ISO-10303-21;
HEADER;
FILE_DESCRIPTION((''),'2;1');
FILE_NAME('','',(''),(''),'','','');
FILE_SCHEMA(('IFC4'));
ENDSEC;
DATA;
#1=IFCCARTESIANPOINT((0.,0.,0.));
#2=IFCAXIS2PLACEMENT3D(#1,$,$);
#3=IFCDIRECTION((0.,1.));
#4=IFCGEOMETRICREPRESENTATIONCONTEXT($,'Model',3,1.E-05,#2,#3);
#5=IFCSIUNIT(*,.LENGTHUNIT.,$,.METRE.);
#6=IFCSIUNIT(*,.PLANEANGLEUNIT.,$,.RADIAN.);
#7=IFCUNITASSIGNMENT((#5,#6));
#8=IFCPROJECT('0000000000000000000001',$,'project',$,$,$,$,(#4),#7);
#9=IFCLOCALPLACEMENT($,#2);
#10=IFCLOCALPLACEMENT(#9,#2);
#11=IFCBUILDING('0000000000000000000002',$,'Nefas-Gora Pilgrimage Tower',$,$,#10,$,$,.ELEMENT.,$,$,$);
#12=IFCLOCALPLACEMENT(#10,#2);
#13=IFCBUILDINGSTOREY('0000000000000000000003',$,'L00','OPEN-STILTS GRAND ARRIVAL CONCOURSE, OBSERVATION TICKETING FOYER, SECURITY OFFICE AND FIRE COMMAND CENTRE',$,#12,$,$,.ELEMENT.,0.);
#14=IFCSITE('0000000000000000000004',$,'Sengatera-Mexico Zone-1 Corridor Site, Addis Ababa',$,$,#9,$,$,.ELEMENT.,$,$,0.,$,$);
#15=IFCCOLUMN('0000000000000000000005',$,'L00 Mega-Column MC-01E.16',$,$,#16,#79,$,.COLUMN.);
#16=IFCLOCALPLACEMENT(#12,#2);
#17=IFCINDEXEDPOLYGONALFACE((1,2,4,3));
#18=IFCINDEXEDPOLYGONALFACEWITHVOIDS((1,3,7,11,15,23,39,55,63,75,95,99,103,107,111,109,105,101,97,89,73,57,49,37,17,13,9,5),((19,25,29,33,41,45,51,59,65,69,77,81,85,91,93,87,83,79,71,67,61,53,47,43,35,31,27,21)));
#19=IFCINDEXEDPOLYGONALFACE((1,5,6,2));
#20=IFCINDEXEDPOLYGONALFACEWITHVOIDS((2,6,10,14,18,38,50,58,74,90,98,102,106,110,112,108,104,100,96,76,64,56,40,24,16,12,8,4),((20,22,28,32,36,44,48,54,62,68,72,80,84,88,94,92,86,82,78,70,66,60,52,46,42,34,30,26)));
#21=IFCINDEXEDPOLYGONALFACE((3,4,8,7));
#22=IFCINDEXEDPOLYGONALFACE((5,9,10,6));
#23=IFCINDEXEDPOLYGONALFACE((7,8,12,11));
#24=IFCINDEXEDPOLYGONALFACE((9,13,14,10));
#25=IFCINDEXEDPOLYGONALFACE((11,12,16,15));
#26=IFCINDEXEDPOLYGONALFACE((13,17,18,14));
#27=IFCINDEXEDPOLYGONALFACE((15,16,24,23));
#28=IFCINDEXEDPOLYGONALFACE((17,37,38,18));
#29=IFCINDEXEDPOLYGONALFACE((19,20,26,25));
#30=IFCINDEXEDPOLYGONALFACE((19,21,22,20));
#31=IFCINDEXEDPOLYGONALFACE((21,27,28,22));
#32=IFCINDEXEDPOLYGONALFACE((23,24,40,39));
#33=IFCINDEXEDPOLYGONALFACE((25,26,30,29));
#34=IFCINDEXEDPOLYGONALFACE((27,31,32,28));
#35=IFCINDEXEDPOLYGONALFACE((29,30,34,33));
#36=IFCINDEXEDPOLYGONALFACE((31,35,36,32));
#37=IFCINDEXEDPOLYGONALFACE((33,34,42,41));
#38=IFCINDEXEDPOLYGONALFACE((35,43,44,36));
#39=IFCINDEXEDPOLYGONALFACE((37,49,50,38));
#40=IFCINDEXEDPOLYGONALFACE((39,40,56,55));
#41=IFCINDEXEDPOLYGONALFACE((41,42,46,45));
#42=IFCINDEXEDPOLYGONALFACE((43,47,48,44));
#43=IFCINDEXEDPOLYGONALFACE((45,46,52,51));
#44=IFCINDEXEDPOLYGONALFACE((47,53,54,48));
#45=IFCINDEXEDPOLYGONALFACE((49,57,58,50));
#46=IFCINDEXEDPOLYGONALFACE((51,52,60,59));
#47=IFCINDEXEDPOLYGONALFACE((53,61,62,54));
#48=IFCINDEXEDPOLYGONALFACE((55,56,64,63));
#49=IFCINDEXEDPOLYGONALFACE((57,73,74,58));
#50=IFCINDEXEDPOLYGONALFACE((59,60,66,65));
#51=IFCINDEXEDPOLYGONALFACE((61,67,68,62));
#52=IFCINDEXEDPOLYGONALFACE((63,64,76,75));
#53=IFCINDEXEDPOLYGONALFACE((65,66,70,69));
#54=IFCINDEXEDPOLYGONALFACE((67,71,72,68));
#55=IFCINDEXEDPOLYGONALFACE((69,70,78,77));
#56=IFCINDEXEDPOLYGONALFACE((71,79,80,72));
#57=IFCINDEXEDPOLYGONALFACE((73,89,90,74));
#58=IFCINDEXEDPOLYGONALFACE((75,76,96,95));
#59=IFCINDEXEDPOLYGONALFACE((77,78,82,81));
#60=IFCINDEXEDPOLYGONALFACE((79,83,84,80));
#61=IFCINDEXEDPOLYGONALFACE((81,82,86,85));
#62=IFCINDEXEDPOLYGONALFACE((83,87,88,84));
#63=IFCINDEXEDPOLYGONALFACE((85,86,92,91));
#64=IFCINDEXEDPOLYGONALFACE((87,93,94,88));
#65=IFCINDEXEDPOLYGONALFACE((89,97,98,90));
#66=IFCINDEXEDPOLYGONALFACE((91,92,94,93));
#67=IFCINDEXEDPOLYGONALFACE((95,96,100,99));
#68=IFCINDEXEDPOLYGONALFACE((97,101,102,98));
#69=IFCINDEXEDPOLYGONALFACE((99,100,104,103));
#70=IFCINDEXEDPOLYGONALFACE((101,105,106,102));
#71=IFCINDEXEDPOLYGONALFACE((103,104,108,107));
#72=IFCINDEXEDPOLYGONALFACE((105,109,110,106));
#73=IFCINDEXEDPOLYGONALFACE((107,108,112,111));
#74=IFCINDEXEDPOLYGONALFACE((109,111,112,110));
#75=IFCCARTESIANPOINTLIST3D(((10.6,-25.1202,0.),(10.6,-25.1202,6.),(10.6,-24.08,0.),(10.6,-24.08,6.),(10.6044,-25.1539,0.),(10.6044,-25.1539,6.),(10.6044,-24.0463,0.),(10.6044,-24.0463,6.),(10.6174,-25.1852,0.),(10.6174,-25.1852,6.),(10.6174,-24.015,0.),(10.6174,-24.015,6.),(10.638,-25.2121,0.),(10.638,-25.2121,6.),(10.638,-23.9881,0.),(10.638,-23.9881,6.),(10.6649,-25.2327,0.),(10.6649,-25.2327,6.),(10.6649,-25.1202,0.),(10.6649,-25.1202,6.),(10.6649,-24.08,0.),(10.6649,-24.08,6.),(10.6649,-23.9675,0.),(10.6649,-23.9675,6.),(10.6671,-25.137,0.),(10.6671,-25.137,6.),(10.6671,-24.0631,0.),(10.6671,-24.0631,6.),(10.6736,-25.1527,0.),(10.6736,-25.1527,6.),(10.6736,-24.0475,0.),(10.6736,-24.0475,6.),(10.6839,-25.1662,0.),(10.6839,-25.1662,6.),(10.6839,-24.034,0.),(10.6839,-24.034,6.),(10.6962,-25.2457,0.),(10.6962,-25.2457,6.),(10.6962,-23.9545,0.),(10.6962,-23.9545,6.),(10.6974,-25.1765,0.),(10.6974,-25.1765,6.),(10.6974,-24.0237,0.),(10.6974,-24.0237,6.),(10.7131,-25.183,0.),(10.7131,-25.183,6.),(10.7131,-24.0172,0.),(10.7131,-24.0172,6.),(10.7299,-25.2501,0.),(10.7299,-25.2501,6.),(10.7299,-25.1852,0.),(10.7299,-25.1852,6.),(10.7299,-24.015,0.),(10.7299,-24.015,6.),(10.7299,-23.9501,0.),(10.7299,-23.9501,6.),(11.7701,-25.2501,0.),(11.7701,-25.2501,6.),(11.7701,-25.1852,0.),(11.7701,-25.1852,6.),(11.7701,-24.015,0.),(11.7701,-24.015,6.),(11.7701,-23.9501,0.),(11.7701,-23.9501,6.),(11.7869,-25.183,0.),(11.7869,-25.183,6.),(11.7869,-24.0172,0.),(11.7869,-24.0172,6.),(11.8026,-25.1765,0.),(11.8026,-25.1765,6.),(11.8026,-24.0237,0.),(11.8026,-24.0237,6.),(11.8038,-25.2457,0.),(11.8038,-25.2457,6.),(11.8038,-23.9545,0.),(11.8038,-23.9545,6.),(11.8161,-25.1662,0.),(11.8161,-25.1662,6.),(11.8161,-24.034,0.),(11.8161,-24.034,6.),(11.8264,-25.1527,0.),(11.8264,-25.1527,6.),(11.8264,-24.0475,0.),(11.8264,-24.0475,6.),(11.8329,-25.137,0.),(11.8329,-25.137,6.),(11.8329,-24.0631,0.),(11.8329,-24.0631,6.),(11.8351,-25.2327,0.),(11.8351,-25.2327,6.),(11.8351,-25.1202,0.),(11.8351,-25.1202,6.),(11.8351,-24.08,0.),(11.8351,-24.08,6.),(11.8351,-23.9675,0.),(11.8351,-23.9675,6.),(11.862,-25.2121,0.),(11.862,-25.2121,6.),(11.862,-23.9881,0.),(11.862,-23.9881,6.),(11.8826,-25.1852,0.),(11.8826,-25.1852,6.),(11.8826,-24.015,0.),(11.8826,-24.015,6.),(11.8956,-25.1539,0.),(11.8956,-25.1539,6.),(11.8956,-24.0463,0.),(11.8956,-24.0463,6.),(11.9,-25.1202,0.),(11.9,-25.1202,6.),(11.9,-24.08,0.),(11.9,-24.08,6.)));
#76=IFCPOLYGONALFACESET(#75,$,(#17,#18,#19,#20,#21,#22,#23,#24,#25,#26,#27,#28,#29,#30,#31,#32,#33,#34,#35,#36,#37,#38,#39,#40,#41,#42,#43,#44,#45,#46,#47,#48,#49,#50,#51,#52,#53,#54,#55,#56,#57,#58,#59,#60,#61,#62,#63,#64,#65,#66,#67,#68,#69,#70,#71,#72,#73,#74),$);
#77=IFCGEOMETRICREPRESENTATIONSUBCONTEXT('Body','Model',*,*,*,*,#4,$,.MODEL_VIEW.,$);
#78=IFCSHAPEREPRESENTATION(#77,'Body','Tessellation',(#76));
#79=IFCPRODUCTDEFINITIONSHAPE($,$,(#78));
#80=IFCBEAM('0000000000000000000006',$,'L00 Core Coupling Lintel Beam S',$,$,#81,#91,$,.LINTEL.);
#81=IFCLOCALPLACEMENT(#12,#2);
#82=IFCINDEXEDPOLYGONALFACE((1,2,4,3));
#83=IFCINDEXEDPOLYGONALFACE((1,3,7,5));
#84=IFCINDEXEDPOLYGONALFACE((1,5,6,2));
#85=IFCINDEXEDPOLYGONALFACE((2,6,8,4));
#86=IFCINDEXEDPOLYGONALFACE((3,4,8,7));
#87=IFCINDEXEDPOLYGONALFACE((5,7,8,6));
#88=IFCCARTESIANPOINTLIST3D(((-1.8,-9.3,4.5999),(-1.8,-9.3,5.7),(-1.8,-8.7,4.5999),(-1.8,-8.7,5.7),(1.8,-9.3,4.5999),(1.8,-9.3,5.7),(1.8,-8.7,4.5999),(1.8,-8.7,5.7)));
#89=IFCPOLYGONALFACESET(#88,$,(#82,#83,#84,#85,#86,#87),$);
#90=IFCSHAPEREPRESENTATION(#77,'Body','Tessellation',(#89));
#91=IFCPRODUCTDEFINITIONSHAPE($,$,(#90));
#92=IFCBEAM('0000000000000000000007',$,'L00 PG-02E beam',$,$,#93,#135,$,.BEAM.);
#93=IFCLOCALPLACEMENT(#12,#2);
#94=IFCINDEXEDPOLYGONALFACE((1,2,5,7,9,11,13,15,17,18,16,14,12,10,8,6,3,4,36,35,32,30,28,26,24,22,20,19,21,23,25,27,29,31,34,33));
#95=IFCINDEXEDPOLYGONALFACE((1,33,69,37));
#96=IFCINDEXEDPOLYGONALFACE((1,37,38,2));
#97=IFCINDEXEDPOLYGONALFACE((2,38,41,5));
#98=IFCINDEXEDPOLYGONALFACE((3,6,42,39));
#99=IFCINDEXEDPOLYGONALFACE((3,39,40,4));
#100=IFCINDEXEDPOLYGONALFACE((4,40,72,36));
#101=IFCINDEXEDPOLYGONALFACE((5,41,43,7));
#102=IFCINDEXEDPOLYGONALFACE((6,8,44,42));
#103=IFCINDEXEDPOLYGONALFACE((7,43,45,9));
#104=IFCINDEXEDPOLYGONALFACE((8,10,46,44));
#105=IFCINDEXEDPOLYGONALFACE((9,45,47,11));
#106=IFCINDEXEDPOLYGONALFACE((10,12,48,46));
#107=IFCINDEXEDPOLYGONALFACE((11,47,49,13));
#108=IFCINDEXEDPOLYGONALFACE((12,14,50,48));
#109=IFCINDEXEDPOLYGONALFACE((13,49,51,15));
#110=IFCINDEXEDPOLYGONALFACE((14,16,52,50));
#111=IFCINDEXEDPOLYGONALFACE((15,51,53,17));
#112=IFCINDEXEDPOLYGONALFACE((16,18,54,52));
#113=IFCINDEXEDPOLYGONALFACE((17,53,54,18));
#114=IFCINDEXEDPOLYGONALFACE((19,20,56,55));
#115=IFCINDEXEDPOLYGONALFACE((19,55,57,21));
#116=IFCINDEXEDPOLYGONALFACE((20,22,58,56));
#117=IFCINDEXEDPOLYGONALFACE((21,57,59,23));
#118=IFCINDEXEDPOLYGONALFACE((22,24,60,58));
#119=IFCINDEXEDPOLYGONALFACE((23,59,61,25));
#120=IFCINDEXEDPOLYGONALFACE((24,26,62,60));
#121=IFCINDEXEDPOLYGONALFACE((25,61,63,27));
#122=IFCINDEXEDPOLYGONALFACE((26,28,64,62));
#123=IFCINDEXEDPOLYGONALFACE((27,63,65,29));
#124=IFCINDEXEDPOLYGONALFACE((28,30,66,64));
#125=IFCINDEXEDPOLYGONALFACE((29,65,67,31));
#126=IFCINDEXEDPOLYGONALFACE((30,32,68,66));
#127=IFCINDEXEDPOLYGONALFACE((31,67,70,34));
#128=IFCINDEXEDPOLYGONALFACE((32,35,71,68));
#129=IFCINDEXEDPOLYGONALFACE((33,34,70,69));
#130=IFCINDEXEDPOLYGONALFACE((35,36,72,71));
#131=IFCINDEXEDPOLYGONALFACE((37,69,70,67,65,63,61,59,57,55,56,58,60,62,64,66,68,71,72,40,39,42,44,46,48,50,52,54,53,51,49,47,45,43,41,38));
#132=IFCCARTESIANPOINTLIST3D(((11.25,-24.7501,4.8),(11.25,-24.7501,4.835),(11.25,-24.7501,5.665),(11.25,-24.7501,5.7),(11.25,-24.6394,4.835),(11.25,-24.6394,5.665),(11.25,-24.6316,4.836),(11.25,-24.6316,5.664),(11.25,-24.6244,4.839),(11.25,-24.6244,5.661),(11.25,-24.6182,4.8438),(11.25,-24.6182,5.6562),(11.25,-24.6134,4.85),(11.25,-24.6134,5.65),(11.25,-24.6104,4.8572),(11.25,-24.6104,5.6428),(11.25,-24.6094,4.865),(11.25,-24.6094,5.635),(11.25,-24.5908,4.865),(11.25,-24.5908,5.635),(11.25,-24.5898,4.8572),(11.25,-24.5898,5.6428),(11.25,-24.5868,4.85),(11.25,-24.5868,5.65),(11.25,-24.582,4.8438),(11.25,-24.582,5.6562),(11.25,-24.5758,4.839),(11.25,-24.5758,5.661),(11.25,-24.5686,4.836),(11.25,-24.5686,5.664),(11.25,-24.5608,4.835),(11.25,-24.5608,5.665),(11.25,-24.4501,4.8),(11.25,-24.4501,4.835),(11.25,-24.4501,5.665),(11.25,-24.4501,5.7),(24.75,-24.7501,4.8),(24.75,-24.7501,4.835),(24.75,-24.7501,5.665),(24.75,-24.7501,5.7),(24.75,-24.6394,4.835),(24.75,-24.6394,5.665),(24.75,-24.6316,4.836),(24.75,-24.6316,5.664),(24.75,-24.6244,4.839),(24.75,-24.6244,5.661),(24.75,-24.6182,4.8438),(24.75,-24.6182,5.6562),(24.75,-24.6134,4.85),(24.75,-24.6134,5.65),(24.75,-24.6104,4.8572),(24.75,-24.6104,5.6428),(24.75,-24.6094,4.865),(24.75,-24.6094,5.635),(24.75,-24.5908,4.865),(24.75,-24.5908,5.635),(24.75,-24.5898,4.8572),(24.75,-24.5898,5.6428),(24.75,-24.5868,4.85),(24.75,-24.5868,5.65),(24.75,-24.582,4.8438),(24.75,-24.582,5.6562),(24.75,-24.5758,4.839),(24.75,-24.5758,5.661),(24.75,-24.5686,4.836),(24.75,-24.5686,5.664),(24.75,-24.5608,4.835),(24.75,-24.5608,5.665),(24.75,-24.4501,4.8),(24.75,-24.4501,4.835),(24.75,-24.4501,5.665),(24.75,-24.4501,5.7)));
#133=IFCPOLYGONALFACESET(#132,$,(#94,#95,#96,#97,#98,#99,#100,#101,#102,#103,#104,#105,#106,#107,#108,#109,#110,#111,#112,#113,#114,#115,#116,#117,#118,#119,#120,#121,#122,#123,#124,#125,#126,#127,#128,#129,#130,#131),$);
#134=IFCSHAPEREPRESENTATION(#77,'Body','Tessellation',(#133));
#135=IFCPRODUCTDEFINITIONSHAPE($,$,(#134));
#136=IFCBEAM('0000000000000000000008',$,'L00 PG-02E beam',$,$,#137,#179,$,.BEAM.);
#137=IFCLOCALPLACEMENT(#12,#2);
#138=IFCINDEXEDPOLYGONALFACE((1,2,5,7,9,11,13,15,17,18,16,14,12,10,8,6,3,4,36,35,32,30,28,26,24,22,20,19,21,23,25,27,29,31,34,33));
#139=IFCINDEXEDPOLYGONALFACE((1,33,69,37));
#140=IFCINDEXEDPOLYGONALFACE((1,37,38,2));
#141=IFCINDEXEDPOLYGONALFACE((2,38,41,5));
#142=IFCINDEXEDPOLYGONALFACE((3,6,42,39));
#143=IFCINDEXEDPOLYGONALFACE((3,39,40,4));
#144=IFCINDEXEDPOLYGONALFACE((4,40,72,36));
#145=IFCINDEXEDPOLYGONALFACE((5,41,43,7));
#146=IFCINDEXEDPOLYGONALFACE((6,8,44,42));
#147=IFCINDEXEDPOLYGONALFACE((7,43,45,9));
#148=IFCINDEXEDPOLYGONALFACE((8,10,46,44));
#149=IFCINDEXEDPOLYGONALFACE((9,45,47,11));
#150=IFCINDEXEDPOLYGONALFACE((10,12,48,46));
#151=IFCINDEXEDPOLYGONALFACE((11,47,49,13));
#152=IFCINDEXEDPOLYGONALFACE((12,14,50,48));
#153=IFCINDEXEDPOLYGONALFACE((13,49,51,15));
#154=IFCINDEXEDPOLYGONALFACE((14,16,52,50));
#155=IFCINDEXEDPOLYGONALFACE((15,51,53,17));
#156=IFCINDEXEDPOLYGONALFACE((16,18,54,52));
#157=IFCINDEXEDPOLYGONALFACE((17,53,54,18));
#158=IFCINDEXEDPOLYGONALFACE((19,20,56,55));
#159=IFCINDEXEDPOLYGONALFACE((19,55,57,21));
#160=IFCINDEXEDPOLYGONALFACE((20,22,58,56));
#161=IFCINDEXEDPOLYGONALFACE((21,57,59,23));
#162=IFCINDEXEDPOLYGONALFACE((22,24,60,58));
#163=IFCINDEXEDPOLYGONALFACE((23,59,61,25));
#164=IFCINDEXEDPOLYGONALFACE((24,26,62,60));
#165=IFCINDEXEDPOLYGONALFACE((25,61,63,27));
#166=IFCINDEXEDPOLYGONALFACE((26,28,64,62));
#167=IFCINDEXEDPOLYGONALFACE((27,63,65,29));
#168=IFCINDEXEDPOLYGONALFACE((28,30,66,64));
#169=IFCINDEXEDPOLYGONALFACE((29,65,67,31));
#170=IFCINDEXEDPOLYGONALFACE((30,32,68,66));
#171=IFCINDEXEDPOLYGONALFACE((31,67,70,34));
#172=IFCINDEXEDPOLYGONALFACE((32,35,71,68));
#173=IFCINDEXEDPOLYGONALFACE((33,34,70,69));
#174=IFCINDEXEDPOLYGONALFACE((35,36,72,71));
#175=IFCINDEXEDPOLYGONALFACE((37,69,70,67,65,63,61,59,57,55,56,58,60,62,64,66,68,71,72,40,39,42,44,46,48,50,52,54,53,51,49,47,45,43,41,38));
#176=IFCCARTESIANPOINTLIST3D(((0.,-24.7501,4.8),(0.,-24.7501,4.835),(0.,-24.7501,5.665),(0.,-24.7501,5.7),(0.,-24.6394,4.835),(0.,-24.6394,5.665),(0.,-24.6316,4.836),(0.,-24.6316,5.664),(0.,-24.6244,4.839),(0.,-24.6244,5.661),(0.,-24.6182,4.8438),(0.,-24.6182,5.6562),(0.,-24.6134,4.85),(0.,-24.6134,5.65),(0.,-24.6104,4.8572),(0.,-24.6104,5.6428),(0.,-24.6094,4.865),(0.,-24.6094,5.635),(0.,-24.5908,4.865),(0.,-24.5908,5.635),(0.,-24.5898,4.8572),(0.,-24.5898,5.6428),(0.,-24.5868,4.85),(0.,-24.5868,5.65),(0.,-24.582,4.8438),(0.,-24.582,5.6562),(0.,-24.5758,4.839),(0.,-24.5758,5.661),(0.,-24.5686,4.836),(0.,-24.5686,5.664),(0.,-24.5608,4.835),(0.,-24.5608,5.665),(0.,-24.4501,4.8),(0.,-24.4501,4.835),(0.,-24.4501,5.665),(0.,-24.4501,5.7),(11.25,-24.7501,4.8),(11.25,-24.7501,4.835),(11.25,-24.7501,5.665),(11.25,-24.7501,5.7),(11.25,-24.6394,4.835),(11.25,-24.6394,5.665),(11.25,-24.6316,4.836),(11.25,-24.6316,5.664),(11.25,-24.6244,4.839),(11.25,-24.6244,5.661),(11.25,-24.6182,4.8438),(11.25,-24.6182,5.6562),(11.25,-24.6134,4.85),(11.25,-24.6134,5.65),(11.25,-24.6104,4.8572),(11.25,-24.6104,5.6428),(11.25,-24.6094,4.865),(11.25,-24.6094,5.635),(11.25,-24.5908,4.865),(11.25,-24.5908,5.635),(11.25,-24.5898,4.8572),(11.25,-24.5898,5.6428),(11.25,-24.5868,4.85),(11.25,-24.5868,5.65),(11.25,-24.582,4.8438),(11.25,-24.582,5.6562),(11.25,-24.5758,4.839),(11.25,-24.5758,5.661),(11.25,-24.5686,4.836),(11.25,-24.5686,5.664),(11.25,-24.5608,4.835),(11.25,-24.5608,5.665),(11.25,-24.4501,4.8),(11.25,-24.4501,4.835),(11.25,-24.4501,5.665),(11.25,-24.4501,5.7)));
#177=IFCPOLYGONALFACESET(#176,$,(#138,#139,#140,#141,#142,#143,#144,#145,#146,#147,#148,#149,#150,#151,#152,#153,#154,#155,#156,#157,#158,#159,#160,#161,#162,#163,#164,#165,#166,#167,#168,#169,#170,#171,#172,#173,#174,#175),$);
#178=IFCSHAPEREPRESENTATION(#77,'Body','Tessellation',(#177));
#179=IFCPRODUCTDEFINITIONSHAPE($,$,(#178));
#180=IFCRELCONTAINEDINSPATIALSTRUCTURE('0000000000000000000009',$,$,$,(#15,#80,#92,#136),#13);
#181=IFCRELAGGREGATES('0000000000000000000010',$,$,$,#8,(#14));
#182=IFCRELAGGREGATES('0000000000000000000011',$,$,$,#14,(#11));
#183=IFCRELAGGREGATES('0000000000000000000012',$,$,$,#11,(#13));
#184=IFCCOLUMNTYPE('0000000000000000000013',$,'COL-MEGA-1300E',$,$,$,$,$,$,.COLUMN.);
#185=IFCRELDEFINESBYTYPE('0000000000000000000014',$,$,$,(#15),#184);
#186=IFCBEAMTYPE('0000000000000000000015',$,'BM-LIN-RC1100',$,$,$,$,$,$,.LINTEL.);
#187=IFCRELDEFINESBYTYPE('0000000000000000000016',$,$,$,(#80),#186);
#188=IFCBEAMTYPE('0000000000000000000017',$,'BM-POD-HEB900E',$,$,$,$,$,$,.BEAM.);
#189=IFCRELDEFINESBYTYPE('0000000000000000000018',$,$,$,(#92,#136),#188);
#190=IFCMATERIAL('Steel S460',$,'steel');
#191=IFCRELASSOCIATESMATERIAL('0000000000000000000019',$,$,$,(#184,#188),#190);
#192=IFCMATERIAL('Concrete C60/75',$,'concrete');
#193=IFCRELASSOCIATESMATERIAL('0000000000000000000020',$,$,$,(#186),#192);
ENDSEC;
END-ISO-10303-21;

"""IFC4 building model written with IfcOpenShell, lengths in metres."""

from ifc_helpers import new_model, si_unit, direction, frame, origin, origin_2d, place, context, subcontext, project, spatial, rectangle, hollow_rectangle, i_section, extrude, source, transform, mapped, material, material_profile, profile_set, type_object, element, save


model = new_model("IFC4")

# Units and contexts
model_context = context("Model", 3, precision=1e-05, world=origin(), true_north=direction((0.0, 1.0)))
body_context = subcontext(model_context, "Body", "Model", "MODEL_VIEW")
ifc_project = project(units=[si_unit("LENGTHUNIT", "METRE"), si_unit("PLANEANGLEUNIT", "RADIAN")], contexts=[model_context])

# Site, building, storey
site_placement = place(None, origin())
site = spatial("IfcSite", under=ifc_project, at=site_placement, Name="Sengatera-Mexico Zone-1 Corridor Site, Addis Ababa", CompositionType="ELEMENT", RefElevation=0.0)
building_placement = place(site_placement, origin())
building = spatial("IfcBuilding", under=site, at=building_placement, Name="Nefas-Gora Pilgrimage Tower", CompositionType="ELEMENT")
storey_placement = place(building_placement, origin())
storey = spatial("IfcBuildingStorey", under=building, at=storey_placement, Name="L00", Description="OPEN-STILTS GRAND ARRIVAL CONCOURSE, OBSERVATION TICKETING FOYER, SECURITY OFFICE AND FIRE COMMAND CENTRE", CompositionType="ELEMENT", Elevation=0.0)

# Column
ifc_material_1 = material(Name="Steel S460", Category="steel")
ifc_material_profile_1 = material_profile(ifc_material_1, hollow_rectangle(XDim=1.3, YDim=1.3, WallThickness=0.0649, InnerFilletRadius=0.0649, OuterFilletRadius=0.1299, at=origin_2d()), Name="BOX 1300x1300x65")
ifc_profile_set_1 = profile_set([ifc_material_profile_1], Name="Steel S460")
column_type_1 = type_object("IfcColumnType", Name="COL-MEGA-1300E", PredefinedType="COLUMN", material=ifc_profile_set_1)
shared_shape_1 = source(origin(), body_context, "Body", "SweptSolid", [
    extrude(hollow_rectangle(XDim=1.3, YDim=1.3, WallThickness=0.0649, InnerFilletRadius=0.0649, OuterFilletRadius=0.1299, at=origin_2d()), origin(), (0.0, 0.0, 1.0), 6.0),
])
for number, where, z_axis, x_axis, name in (
    (1, (11.25, -24.6001, 0.0), (0.0, 0.0, 1.0), (1.0, 0.0, 0.0), "L00 Mega-Column MC-01E.16"),
):
    element("IfcColumn", number, at=place(storey_placement, frame(where, z_axis=z_axis, x_axis=x_axis)), inside=storey, type_object=column_type_1, Name=name, PredefinedType="COLUMN", context=body_context, shape_type="MappedRepresentation", body=[
        mapped(shared_shape_1, transform((0.0, 0.0, 0.0), x_axis=(1.0, 0.0, 0.0), y_axis=(0.0, 1.0, 0.0), z_axis=(0.0, 0.0, 1.0), scale=1.0)),
    ])

# Beams
ifc_material_2 = material(Name="Concrete C60/75", Category="concrete")
ifc_material_profile_2 = material_profile(ifc_material_2, rectangle(XDim=0.6001, YDim=1.1001, at=origin_2d()), Name="RC 600x1100")
ifc_profile_set_2 = profile_set([ifc_material_profile_2], Name="Concrete C60/75")
beam_type_1 = type_object("IfcBeamType", Name="BM-LIN-RC1100", PredefinedType="LINTEL", material=ifc_profile_set_2)
shared_shape_2 = source(origin(), body_context, "Body", "SweptSolid", [
    extrude(rectangle(XDim=0.6001, YDim=1.1001, at=origin_2d()), origin(), (0.0, 0.0, 1.0), 3.6001),
])
beam_1_placement = place(storey_placement, frame((-1.8, -9.0, 5.1499), z_axis=(1.0, 0.0, 0.0), x_axis=(0.0, 1.0, 0.0)))
element("IfcBeam", 2, at=beam_1_placement, inside=storey, type_object=beam_type_1, Name="L00 Core Coupling Lintel Beam S", PredefinedType="LINTEL", context=body_context, shape_type="MappedRepresentation", body=[
    mapped(shared_shape_2, transform((0.0, 0.0, 0.0), x_axis=(1.0, 0.0, 0.0), y_axis=(0.0, 1.0, 0.0), z_axis=(0.0, 0.0, 1.0), scale=1.0)),
])
ifc_material_profile_3 = material_profile(ifc_material_1, i_section(OverallWidth=0.3, OverallDepth=0.8999, WebThickness=0.0186, FlangeThickness=0.0349, FilletRadius=0.03, at=origin_2d()), Name="HEB 900")
ifc_profile_set_3 = profile_set([ifc_material_profile_3], Name="Steel S460")
beam_type_2 = type_object("IfcBeamType", Name="BM-POD-HEB900E", PredefinedType="BEAM", material=ifc_profile_set_3)
shared_shape_3 = source(origin(), body_context, "Body", "SweptSolid", [
    extrude(i_section(OverallWidth=0.3, OverallDepth=0.8999, WebThickness=0.0186, FlangeThickness=0.0349, FilletRadius=0.03, at=origin_2d()), origin(), (0.0, 0.0, 1.0), 13.5),
])
beam_2_placement = place(storey_placement, frame((11.25, -24.6001, 5.25), z_axis=(1.0, 0.0, 0.0), x_axis=(0.0, 1.0, 0.0)))
element("IfcBeam", 3, at=beam_2_placement, inside=storey, type_object=beam_type_2, Name="L00 PG-02E beam", PredefinedType="BEAM", context=body_context, shape_type="MappedRepresentation", body=[
    mapped(shared_shape_3, transform((0.0, 0.0, 0.0), x_axis=(1.0, 0.0, 0.0), y_axis=(0.0, 1.0, 0.0), z_axis=(0.0, 0.0, 1.0), scale=1.0)),
])
shared_shape_4 = source(origin(), body_context, "Body", "SweptSolid", [
    extrude(i_section(OverallWidth=0.3, OverallDepth=0.8999, WebThickness=0.0186, FlangeThickness=0.0349, FilletRadius=0.03, at=origin_2d()), origin(), (0.0, 0.0, 1.0), 11.25),
])
beam_3_placement = place(storey_placement, frame((0.0, -24.6001, 5.25), z_axis=(1.0, 0.0, 0.0), x_axis=(0.0, 1.0, 0.0)))
element("IfcBeam", 4, at=beam_3_placement, inside=storey, type_object=beam_type_2, Name="L00 PG-02E beam", PredefinedType="BEAM", context=body_context, shape_type="MappedRepresentation", body=[
    mapped(shared_shape_4, transform((0.0, 0.0, 0.0), x_axis=(1.0, 0.0, 0.0), y_axis=(0.0, 1.0, 0.0), z_axis=(0.0, 0.0, 1.0), scale=1.0)),
])

save(model, "model.ifc")
